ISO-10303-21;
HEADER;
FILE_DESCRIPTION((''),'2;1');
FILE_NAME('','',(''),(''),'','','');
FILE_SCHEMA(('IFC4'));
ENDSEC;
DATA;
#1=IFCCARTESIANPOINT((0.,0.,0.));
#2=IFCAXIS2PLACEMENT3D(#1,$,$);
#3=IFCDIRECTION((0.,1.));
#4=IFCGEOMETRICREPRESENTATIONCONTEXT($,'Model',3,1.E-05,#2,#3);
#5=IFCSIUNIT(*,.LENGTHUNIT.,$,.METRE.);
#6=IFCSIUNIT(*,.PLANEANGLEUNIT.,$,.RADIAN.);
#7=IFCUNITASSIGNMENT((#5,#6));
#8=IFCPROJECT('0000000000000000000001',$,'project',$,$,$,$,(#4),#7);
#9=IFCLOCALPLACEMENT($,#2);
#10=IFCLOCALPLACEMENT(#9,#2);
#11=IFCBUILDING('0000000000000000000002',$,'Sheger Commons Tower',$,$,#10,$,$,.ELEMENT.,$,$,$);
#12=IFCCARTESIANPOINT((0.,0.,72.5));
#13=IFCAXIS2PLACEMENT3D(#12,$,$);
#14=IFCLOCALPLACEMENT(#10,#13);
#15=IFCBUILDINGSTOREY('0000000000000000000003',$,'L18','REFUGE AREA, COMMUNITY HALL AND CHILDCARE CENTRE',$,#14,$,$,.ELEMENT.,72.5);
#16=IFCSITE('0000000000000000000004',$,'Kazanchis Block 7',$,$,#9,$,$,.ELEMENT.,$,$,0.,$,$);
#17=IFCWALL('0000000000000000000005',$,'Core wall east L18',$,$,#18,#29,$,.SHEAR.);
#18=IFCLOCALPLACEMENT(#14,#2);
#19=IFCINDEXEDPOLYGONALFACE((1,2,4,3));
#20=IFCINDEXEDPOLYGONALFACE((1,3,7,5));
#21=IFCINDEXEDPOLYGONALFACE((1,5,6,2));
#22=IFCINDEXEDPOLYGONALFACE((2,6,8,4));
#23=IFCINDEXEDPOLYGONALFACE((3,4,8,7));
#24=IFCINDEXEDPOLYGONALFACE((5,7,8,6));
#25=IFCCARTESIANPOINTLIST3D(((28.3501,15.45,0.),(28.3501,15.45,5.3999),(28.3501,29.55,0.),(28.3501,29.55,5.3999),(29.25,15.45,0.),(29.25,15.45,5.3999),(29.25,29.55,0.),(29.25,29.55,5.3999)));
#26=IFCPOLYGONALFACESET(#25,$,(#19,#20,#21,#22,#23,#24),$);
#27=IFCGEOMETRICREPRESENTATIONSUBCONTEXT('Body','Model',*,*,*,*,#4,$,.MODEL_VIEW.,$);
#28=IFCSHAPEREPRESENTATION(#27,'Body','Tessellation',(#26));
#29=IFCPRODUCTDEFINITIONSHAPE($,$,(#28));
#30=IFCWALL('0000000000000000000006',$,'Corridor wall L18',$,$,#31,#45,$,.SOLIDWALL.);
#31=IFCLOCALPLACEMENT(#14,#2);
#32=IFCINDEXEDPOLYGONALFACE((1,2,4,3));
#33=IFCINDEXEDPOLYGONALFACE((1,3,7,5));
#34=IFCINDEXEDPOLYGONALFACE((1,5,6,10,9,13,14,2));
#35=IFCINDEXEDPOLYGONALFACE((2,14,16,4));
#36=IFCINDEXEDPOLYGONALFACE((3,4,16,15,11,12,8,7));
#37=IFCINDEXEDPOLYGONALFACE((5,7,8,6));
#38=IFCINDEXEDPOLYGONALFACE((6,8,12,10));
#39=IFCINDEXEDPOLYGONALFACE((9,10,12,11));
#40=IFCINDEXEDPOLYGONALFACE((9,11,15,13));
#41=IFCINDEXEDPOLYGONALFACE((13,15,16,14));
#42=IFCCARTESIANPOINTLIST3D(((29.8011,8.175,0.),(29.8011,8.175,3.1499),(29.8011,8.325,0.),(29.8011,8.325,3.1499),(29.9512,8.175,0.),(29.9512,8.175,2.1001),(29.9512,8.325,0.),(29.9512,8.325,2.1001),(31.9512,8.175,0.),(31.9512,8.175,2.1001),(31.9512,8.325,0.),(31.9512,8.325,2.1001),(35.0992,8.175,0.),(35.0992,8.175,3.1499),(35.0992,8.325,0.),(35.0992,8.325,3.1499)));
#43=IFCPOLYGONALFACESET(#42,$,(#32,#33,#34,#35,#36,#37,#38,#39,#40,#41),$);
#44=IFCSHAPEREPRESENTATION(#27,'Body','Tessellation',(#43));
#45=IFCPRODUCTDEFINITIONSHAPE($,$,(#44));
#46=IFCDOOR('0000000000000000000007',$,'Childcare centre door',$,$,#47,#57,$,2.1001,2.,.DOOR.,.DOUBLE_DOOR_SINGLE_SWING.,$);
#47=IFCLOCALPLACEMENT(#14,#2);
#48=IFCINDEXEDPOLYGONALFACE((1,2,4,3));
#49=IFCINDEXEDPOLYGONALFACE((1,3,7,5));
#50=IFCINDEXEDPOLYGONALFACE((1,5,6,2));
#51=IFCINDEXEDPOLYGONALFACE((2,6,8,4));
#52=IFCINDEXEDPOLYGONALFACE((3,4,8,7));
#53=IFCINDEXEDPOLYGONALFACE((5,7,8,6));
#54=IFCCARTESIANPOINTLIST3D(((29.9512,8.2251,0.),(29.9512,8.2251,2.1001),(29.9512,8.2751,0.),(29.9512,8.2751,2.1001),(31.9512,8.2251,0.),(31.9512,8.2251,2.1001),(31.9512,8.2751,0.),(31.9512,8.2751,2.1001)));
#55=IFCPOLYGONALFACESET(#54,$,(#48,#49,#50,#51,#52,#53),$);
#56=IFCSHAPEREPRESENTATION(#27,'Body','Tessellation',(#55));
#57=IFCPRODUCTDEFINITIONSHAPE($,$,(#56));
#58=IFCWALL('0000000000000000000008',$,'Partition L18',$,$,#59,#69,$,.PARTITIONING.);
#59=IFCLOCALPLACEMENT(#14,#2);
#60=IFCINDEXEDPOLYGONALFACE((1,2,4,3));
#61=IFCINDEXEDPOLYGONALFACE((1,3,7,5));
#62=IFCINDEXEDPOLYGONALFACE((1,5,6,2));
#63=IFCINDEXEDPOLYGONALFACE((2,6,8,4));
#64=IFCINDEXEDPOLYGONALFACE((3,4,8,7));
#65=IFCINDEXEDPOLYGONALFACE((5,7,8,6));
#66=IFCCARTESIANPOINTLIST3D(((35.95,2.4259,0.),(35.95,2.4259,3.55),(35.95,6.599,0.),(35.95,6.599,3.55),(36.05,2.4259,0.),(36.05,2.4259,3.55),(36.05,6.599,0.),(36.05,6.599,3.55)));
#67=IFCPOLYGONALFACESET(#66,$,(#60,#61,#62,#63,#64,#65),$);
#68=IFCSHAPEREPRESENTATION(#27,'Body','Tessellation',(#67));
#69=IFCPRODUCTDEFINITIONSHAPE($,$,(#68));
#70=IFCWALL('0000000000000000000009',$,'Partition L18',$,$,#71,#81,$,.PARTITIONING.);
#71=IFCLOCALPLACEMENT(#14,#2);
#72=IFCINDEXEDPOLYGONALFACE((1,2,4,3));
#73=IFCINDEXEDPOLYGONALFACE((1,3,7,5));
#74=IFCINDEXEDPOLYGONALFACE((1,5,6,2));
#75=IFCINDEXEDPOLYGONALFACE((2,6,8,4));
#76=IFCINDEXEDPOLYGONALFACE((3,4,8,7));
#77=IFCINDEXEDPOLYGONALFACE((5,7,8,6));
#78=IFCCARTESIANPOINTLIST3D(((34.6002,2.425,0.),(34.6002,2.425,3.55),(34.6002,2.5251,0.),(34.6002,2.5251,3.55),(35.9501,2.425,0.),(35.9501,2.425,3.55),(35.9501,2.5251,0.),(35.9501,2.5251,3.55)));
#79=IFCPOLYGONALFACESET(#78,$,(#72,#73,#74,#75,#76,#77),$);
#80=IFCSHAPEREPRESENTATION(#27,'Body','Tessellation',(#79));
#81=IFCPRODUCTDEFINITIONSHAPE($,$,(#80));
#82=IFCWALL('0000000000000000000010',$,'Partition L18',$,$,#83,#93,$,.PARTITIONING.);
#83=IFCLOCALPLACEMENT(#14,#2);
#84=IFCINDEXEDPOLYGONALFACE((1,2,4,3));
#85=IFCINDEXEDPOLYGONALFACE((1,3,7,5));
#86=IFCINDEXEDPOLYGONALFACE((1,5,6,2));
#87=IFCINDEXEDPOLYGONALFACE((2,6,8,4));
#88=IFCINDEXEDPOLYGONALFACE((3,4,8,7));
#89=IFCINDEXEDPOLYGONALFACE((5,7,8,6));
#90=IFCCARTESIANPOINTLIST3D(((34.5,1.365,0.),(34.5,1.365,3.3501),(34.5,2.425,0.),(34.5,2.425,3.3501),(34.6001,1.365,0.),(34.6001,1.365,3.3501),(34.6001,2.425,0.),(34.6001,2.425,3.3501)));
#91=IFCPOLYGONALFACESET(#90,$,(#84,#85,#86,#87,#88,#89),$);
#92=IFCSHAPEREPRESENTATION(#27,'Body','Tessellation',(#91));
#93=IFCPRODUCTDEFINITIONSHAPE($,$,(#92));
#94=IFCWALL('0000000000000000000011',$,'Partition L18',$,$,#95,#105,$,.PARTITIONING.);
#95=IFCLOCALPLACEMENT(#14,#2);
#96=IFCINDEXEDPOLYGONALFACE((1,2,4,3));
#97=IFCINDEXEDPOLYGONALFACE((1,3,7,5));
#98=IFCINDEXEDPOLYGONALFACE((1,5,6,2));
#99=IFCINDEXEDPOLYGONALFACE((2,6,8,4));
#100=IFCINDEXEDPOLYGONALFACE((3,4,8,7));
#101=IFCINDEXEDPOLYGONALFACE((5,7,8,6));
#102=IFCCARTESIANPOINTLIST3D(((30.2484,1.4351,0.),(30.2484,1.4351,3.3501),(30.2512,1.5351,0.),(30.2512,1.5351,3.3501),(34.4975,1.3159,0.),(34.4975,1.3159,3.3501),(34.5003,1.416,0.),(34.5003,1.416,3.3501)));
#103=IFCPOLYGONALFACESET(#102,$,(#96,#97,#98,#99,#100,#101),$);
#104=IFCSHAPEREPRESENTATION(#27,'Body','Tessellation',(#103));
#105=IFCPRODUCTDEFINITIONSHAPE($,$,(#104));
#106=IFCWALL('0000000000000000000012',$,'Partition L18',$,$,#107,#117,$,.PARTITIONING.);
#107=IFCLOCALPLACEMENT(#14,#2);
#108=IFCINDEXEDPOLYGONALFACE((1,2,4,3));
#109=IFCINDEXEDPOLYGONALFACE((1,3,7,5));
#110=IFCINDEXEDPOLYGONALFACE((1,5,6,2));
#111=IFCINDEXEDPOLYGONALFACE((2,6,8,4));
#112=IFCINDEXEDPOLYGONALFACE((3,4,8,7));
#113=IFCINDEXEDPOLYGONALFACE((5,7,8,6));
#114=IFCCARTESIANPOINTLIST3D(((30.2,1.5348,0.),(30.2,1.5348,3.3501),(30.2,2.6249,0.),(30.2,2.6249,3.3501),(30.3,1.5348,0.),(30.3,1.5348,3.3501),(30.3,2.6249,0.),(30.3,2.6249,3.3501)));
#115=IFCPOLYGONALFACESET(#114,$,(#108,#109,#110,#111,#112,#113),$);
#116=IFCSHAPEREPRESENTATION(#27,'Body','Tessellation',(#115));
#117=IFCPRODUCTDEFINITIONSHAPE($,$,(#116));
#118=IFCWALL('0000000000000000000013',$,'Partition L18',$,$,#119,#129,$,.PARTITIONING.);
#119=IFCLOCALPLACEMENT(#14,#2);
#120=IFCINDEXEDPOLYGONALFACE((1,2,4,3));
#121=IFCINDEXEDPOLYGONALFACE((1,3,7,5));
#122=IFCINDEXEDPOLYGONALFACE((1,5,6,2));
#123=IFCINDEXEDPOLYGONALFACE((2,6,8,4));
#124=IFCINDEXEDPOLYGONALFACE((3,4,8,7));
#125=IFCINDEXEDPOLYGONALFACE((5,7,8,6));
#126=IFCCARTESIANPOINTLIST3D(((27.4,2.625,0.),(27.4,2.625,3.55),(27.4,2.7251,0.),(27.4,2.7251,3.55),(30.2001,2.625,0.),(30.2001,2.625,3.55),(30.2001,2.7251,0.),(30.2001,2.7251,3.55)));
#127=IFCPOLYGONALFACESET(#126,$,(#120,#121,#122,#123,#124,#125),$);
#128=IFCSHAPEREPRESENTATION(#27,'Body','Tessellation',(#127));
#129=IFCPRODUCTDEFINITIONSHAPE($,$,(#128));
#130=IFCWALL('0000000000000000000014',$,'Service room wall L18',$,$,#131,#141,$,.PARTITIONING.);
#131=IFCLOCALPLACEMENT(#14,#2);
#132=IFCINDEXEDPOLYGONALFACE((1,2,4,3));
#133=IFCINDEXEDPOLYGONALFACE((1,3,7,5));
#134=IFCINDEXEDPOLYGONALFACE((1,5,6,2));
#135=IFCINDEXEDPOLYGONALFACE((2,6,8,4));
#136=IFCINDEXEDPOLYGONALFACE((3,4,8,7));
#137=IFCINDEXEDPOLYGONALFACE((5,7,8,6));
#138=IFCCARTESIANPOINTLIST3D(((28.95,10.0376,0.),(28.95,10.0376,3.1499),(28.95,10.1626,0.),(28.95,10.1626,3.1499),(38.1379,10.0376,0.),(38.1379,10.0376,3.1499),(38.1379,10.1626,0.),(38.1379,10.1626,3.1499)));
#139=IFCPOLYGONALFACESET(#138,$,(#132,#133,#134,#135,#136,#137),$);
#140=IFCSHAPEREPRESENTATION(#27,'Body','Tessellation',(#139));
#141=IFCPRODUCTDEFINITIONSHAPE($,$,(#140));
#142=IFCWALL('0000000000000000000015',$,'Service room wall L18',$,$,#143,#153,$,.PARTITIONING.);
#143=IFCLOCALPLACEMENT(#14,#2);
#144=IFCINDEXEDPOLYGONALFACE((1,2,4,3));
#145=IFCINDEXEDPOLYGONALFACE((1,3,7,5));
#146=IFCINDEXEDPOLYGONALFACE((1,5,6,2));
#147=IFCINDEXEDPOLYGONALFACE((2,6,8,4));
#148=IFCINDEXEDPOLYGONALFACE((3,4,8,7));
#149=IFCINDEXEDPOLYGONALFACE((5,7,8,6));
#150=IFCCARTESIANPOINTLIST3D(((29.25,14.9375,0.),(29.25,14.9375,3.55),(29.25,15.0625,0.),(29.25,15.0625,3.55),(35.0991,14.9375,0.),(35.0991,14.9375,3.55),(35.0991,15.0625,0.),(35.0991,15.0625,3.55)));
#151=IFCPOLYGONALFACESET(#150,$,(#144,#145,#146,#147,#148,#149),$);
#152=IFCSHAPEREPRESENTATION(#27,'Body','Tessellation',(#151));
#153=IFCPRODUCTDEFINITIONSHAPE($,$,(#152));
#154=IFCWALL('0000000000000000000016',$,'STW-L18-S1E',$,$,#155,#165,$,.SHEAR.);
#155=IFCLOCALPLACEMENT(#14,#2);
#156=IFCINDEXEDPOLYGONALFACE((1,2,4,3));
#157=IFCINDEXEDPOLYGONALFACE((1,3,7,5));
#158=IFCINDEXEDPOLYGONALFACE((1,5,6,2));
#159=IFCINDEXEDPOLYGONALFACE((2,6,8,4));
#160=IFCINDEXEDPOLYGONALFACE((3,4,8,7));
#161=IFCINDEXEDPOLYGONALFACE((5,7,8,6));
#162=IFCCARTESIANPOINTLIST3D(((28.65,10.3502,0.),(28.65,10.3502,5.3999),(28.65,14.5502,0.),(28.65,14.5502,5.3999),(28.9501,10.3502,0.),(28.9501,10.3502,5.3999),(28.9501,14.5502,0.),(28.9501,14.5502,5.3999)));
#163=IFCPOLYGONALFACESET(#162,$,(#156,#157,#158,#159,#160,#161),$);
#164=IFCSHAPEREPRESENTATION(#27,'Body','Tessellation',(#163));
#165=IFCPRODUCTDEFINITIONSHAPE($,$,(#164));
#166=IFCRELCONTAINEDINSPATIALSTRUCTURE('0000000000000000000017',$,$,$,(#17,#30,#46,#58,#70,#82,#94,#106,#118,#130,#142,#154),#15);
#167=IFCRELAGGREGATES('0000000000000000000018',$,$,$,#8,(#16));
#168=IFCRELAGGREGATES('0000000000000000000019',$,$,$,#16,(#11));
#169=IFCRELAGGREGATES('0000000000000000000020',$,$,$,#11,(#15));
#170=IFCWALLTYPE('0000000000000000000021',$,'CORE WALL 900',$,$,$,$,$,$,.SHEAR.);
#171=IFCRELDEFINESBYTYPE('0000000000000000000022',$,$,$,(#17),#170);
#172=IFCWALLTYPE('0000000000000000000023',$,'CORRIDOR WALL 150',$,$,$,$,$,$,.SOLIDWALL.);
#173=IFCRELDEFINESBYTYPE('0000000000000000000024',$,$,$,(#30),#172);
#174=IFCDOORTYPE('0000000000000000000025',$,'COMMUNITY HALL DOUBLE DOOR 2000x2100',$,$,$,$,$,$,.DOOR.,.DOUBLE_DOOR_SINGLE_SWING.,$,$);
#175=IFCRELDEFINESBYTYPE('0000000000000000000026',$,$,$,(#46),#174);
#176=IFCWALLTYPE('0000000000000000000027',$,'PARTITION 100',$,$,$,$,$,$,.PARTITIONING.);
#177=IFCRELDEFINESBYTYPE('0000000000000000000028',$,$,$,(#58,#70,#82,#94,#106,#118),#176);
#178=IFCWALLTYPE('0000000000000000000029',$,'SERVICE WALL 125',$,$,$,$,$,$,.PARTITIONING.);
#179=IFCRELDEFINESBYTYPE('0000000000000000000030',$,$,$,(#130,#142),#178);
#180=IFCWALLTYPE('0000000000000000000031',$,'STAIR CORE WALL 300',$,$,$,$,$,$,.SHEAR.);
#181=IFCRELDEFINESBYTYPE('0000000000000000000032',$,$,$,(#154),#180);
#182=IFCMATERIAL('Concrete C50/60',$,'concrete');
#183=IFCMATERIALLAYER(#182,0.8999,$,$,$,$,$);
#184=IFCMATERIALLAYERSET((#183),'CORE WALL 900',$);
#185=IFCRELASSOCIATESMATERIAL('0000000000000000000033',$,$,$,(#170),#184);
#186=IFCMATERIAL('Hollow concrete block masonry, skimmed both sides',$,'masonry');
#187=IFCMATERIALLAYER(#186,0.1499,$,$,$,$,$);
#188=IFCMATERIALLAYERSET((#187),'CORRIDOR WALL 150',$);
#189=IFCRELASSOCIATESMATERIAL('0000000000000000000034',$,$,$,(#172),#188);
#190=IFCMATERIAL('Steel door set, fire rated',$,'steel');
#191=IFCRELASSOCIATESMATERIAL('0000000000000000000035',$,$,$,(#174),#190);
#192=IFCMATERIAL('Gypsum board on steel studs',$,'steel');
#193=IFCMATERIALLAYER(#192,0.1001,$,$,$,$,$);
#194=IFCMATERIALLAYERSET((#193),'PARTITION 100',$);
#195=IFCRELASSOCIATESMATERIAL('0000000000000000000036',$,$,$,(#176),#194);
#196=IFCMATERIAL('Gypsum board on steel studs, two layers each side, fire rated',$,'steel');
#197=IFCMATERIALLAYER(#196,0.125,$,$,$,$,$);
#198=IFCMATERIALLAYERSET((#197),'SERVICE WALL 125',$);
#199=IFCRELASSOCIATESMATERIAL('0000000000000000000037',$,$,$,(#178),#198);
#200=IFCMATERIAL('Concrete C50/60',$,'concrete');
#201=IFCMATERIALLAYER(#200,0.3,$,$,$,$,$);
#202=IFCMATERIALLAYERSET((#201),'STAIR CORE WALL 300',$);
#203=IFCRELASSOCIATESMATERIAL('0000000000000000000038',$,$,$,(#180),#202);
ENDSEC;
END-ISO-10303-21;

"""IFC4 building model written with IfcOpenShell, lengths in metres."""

from ifc_helpers import new_model, si_unit, direction, frame, frame_2d, origin, place, context, subcontext, project, spatial, rectangle, extrude, material, layer, layer_set, type_object, element, fill, save


model = new_model("IFC4")

# Units and contexts
model_context = context("Model", 3, precision=1e-05, world=origin(), true_north=direction((0.0, 1.0)))
body_context = subcontext(model_context, "Body", "Model", "MODEL_VIEW")
ifc_project = project(units=[si_unit("LENGTHUNIT", "METRE"), si_unit("PLANEANGLEUNIT", "RADIAN")], contexts=[model_context])

# Site, building, storey
site_placement = place(None, origin())
site = spatial("IfcSite", under=ifc_project, at=site_placement, Name="Kazanchis Block 7", CompositionType="ELEMENT", RefElevation=0.0)
building_placement = place(site_placement, origin())
building = spatial("IfcBuilding", under=site, at=building_placement, Name="Sheger Commons Tower", CompositionType="ELEMENT")
storey_placement = place(building_placement, frame((0.0, 0.0, 72.5)))
storey = spatial("IfcBuildingStorey", under=building, at=storey_placement, Name="L18", Description="REFUGE AREA, COMMUNITY HALL AND CHILDCARE CENTRE", CompositionType="ELEMENT", Elevation=72.5)

# Wall
ifc_material_1 = material(Name="Concrete C50/60", Category="concrete")
ifc_layer_1 = layer(ifc_material_1, 0.8999)
ifc_layer_set_1 = layer_set([ifc_layer_1], Name="CORE WALL 900")
wall_type_1 = type_object("IfcWallType", Name="CORE WALL 900", PredefinedType="SHEAR", material=ifc_layer_set_1)
wall_1_placement = place(storey_placement, frame((28.8, 15.45, 0.0), z_axis=(0.0, 0.0, 1.0), x_axis=(0.0, 1.0, 0.0)))
element("IfcWall", 1, at=wall_1_placement, inside=storey, type_object=wall_type_1, Name="Core wall east L18", PredefinedType="SHEAR", context=body_context, shape_type="SweptSolid", body=[
    extrude(rectangle(XDim=14.1001, YDim=0.8999, at=frame_2d((7.05, 0.0))), origin(), (0.0, 0.0, 1.0), 5.3999),
])

# Wall, opening, door
ifc_material_2 = material(Name="Hollow concrete block masonry, skimmed both sides", Category="masonry")
ifc_layer_2 = layer(ifc_material_2, 0.1499)
ifc_layer_set_2 = layer_set([ifc_layer_2], Name="CORRIDOR WALL 150")
wall_type_2 = type_object("IfcWallType", Name="CORRIDOR WALL 150", PredefinedType="SOLIDWALL", material=ifc_layer_set_2)
wall_2_placement = place(storey_placement, frame((35.0991, 8.25, 0.0), z_axis=(0.0, 0.0, 1.0), x_axis=(-1.0, 0.0, 0.0)))
wall_2 = element("IfcWall", 2, at=wall_2_placement, inside=storey, type_object=wall_type_2, Name="Corridor wall L18", PredefinedType="SOLIDWALL", context=body_context, shape_type="SweptSolid", body=[
    extrude(rectangle(XDim=5.2981, YDim=0.1499, at=frame_2d((2.6489, 0.0))), origin(), (0.0, 0.0, 1.0), 3.1499),
])
opening_placement = place(wall_2_placement, frame((3.1479, 0.0, 0.0)))
opening = element("IfcOpeningElement", 3, at=opening_placement, cuts=wall_2, PredefinedType="OPENING", context=body_context, shape_type="SweptSolid", body=[
    extrude(rectangle(XDim=2.0, YDim=2.1001, at=frame_2d((1.0, 1.05))), frame((0.0, 0.085, 0.0), z_axis=(0.0, -1.0, 0.0), x_axis=(1.0, 0.0, 0.0)), (0.0, 0.0, 1.0), 0.1699),
])
ifc_material_3 = material(Name="Steel door set, fire rated", Category="steel")
door_type = type_object("IfcDoorType", Name="COMMUNITY HALL DOUBLE DOOR 2000x2100", OperationType="DOUBLE_DOOR_SINGLE_SWING", PredefinedType="DOOR", material=ifc_material_3)
door_placement = place(opening_placement, origin())
door = element("IfcDoor", 4, at=door_placement, inside=storey, type_object=door_type, Name="Childcare centre door", OperationType="DOUBLE_DOOR_SINGLE_SWING", OverallHeight=2.1001, OverallWidth=2.0, PredefinedType="DOOR", context=body_context, shape_type="SweptSolid", body=[
    extrude(rectangle(XDim=2.0, YDim=2.1001, at=frame_2d((1.0, 1.05))), frame((0.0, 0.0249, 0.0), z_axis=(0.0, -1.0, 0.0), x_axis=(1.0, 0.0, 0.0)), (0.0, 0.0, 1.0), 0.05),
])
fill(opening, door)

# Walls
ifc_material_4 = material(Name="Gypsum board on steel studs", Category="steel")
ifc_layer_3 = layer(ifc_material_4, 0.1001)
ifc_layer_set_3 = layer_set([ifc_layer_3], Name="PARTITION 100")
wall_type_3 = type_object("IfcWallType", Name="PARTITION 100", PredefinedType="PARTITIONING", material=ifc_layer_set_3)
wall_3_placement = place(storey_placement, frame((36.0, 2.426, 0.0), z_axis=(0.0, 0.0, 1.0), x_axis=(0.0, 1.0, 0.0)))
element("IfcWall", 5, at=wall_3_placement, inside=storey, type_object=wall_type_3, Name="Partition L18", PredefinedType="PARTITIONING", context=body_context, shape_type="SweptSolid", body=[
    extrude(rectangle(XDim=4.1731, YDim=0.1001, at=frame_2d((2.0864, 0.0))), origin(), (0.0, 0.0, 1.0), 3.55),
])
wall_4_placement = place(storey_placement, frame((35.95, 2.4751, 0.0), z_axis=(0.0, 0.0, 1.0), x_axis=(-1.0, 0.0, 0.0)))
element("IfcWall", 6, at=wall_4_placement, inside=storey, type_object=wall_type_3, Name="Partition L18", PredefinedType="PARTITIONING", context=body_context, shape_type="SweptSolid", body=[
    extrude(rectangle(XDim=1.3499, YDim=0.1001, at=frame_2d((0.6748, 0.0))), origin(), (0.0, 0.0, 1.0), 3.55),
])
wall_5_placement = place(storey_placement, frame((34.55, 2.425, 0.0), z_axis=(0.0, 0.0, 1.0), x_axis=(0.0, -1.0, 0.0)))
element("IfcWall", 7, at=wall_5_placement, inside=storey, type_object=wall_type_3, Name="Partition L18", PredefinedType="PARTITIONING", context=body_context, shape_type="SweptSolid", body=[
    extrude(rectangle(XDim=1.0601, YDim=0.1001, at=frame_2d((0.53, 0.0))), origin(), (0.0, 0.0, 1.0), 3.3501),
])
wall_6_placement = place(storey_placement, frame((34.499, 1.366, 0.0), z_axis=(0.0, 0.0, 1.0), x_axis=(-0.999607, 0.028029, 0.0)))
element("IfcWall", 8, at=wall_6_placement, inside=storey, type_object=wall_type_3, Name="Partition L18", PredefinedType="PARTITIONING", context=body_context, shape_type="SweptSolid", body=[
    extrude(rectangle(XDim=4.2507, YDim=0.1001, at=frame_2d((2.1255, 0.0))), origin(), (0.0, 0.0, 1.0), 3.3501),
])
wall_7_placement = place(storey_placement, frame((30.25, 1.5349, 0.0), z_axis=(0.0, 0.0, 1.0), x_axis=(0.0, 1.0, 0.0)))
element("IfcWall", 9, at=wall_7_placement, inside=storey, type_object=wall_type_3, Name="Partition L18", PredefinedType="PARTITIONING", context=body_context, shape_type="SweptSolid", body=[
    extrude(rectangle(XDim=1.0901, YDim=0.1001, at=frame_2d((0.5449, 0.0))), origin(), (0.0, 0.0, 1.0), 3.3501),
])
wall_8_placement = place(storey_placement, frame((30.2, 2.675, 0.0), z_axis=(0.0, 0.0, 1.0), x_axis=(-1.0, 0.0, 0.0)))
element("IfcWall", 10, at=wall_8_placement, inside=storey, type_object=wall_type_3, Name="Partition L18", PredefinedType="PARTITIONING", context=body_context, shape_type="SweptSolid", body=[
    extrude(rectangle(XDim=2.8, YDim=0.1001, at=frame_2d((1.3999, 0.0))), origin(), (0.0, 0.0, 1.0), 3.55),
])
ifc_material_5 = material(Name="Gypsum board on steel studs, two layers each side, fire rated", Category="steel")
ifc_layer_4 = layer(ifc_material_5, 0.125)
ifc_layer_set_4 = layer_set([ifc_layer_4], Name="SERVICE WALL 125")
wall_type_4 = type_object("IfcWallType", Name="SERVICE WALL 125", PredefinedType="PARTITIONING", material=ifc_layer_set_4)
wall_9_placement = place(storey_placement, frame((28.95, 10.1001, 0.0), z_axis=(0.0, 0.0, 1.0), x_axis=(1.0, 0.0, 0.0)))
element("IfcWall", 11, at=wall_9_placement, inside=storey, type_object=wall_type_4, Name="Service room wall L18", PredefinedType="PARTITIONING", context=body_context, shape_type="SweptSolid", body=[
    extrude(rectangle(XDim=9.188, YDim=0.125, at=frame_2d((4.594, 0.0))), origin(), (0.0, 0.0, 1.0), 3.1499),
])
wall_10_placement = place(storey_placement, frame((29.25, 15.0, 0.0), z_axis=(0.0, 0.0, 1.0), x_axis=(1.0, 0.0, 0.0)))
element("IfcWall", 12, at=wall_10_placement, inside=storey, type_object=wall_type_4, Name="Service room wall L18", PredefinedType="PARTITIONING", context=body_context, shape_type="SweptSolid", body=[
    extrude(rectangle(XDim=5.8491, YDim=0.125, at=frame_2d((2.9246, 0.0))), origin(), (0.0, 0.0, 1.0), 3.55),
])
ifc_material_6 = material(Name="Concrete C50/60", Category="concrete")
ifc_layer_5 = layer(ifc_material_6, 0.3)
ifc_layer_set_5 = layer_set([ifc_layer_5], Name="STAIR CORE WALL 300")
wall_type_5 = type_object("IfcWallType", Name="STAIR CORE WALL 300", PredefinedType="SHEAR", material=ifc_layer_set_5)
wall_11_placement = place(storey_placement, frame((28.8, 10.3501, 0.0), z_axis=(0.0, 0.0, 1.0), x_axis=(0.0, 1.0, 0.0)))
element("IfcWall", 13, at=wall_11_placement, inside=storey, type_object=wall_type_5, Name="STW-L18-S1E", PredefinedType="SHEAR", context=body_context, shape_type="SweptSolid", body=[
    extrude(rectangle(XDim=4.2, YDim=0.3, at=frame_2d((2.1001, 0.0))), origin(), (0.0, 0.0, 1.0), 5.3999),
])

save(model, "model.ifc")
